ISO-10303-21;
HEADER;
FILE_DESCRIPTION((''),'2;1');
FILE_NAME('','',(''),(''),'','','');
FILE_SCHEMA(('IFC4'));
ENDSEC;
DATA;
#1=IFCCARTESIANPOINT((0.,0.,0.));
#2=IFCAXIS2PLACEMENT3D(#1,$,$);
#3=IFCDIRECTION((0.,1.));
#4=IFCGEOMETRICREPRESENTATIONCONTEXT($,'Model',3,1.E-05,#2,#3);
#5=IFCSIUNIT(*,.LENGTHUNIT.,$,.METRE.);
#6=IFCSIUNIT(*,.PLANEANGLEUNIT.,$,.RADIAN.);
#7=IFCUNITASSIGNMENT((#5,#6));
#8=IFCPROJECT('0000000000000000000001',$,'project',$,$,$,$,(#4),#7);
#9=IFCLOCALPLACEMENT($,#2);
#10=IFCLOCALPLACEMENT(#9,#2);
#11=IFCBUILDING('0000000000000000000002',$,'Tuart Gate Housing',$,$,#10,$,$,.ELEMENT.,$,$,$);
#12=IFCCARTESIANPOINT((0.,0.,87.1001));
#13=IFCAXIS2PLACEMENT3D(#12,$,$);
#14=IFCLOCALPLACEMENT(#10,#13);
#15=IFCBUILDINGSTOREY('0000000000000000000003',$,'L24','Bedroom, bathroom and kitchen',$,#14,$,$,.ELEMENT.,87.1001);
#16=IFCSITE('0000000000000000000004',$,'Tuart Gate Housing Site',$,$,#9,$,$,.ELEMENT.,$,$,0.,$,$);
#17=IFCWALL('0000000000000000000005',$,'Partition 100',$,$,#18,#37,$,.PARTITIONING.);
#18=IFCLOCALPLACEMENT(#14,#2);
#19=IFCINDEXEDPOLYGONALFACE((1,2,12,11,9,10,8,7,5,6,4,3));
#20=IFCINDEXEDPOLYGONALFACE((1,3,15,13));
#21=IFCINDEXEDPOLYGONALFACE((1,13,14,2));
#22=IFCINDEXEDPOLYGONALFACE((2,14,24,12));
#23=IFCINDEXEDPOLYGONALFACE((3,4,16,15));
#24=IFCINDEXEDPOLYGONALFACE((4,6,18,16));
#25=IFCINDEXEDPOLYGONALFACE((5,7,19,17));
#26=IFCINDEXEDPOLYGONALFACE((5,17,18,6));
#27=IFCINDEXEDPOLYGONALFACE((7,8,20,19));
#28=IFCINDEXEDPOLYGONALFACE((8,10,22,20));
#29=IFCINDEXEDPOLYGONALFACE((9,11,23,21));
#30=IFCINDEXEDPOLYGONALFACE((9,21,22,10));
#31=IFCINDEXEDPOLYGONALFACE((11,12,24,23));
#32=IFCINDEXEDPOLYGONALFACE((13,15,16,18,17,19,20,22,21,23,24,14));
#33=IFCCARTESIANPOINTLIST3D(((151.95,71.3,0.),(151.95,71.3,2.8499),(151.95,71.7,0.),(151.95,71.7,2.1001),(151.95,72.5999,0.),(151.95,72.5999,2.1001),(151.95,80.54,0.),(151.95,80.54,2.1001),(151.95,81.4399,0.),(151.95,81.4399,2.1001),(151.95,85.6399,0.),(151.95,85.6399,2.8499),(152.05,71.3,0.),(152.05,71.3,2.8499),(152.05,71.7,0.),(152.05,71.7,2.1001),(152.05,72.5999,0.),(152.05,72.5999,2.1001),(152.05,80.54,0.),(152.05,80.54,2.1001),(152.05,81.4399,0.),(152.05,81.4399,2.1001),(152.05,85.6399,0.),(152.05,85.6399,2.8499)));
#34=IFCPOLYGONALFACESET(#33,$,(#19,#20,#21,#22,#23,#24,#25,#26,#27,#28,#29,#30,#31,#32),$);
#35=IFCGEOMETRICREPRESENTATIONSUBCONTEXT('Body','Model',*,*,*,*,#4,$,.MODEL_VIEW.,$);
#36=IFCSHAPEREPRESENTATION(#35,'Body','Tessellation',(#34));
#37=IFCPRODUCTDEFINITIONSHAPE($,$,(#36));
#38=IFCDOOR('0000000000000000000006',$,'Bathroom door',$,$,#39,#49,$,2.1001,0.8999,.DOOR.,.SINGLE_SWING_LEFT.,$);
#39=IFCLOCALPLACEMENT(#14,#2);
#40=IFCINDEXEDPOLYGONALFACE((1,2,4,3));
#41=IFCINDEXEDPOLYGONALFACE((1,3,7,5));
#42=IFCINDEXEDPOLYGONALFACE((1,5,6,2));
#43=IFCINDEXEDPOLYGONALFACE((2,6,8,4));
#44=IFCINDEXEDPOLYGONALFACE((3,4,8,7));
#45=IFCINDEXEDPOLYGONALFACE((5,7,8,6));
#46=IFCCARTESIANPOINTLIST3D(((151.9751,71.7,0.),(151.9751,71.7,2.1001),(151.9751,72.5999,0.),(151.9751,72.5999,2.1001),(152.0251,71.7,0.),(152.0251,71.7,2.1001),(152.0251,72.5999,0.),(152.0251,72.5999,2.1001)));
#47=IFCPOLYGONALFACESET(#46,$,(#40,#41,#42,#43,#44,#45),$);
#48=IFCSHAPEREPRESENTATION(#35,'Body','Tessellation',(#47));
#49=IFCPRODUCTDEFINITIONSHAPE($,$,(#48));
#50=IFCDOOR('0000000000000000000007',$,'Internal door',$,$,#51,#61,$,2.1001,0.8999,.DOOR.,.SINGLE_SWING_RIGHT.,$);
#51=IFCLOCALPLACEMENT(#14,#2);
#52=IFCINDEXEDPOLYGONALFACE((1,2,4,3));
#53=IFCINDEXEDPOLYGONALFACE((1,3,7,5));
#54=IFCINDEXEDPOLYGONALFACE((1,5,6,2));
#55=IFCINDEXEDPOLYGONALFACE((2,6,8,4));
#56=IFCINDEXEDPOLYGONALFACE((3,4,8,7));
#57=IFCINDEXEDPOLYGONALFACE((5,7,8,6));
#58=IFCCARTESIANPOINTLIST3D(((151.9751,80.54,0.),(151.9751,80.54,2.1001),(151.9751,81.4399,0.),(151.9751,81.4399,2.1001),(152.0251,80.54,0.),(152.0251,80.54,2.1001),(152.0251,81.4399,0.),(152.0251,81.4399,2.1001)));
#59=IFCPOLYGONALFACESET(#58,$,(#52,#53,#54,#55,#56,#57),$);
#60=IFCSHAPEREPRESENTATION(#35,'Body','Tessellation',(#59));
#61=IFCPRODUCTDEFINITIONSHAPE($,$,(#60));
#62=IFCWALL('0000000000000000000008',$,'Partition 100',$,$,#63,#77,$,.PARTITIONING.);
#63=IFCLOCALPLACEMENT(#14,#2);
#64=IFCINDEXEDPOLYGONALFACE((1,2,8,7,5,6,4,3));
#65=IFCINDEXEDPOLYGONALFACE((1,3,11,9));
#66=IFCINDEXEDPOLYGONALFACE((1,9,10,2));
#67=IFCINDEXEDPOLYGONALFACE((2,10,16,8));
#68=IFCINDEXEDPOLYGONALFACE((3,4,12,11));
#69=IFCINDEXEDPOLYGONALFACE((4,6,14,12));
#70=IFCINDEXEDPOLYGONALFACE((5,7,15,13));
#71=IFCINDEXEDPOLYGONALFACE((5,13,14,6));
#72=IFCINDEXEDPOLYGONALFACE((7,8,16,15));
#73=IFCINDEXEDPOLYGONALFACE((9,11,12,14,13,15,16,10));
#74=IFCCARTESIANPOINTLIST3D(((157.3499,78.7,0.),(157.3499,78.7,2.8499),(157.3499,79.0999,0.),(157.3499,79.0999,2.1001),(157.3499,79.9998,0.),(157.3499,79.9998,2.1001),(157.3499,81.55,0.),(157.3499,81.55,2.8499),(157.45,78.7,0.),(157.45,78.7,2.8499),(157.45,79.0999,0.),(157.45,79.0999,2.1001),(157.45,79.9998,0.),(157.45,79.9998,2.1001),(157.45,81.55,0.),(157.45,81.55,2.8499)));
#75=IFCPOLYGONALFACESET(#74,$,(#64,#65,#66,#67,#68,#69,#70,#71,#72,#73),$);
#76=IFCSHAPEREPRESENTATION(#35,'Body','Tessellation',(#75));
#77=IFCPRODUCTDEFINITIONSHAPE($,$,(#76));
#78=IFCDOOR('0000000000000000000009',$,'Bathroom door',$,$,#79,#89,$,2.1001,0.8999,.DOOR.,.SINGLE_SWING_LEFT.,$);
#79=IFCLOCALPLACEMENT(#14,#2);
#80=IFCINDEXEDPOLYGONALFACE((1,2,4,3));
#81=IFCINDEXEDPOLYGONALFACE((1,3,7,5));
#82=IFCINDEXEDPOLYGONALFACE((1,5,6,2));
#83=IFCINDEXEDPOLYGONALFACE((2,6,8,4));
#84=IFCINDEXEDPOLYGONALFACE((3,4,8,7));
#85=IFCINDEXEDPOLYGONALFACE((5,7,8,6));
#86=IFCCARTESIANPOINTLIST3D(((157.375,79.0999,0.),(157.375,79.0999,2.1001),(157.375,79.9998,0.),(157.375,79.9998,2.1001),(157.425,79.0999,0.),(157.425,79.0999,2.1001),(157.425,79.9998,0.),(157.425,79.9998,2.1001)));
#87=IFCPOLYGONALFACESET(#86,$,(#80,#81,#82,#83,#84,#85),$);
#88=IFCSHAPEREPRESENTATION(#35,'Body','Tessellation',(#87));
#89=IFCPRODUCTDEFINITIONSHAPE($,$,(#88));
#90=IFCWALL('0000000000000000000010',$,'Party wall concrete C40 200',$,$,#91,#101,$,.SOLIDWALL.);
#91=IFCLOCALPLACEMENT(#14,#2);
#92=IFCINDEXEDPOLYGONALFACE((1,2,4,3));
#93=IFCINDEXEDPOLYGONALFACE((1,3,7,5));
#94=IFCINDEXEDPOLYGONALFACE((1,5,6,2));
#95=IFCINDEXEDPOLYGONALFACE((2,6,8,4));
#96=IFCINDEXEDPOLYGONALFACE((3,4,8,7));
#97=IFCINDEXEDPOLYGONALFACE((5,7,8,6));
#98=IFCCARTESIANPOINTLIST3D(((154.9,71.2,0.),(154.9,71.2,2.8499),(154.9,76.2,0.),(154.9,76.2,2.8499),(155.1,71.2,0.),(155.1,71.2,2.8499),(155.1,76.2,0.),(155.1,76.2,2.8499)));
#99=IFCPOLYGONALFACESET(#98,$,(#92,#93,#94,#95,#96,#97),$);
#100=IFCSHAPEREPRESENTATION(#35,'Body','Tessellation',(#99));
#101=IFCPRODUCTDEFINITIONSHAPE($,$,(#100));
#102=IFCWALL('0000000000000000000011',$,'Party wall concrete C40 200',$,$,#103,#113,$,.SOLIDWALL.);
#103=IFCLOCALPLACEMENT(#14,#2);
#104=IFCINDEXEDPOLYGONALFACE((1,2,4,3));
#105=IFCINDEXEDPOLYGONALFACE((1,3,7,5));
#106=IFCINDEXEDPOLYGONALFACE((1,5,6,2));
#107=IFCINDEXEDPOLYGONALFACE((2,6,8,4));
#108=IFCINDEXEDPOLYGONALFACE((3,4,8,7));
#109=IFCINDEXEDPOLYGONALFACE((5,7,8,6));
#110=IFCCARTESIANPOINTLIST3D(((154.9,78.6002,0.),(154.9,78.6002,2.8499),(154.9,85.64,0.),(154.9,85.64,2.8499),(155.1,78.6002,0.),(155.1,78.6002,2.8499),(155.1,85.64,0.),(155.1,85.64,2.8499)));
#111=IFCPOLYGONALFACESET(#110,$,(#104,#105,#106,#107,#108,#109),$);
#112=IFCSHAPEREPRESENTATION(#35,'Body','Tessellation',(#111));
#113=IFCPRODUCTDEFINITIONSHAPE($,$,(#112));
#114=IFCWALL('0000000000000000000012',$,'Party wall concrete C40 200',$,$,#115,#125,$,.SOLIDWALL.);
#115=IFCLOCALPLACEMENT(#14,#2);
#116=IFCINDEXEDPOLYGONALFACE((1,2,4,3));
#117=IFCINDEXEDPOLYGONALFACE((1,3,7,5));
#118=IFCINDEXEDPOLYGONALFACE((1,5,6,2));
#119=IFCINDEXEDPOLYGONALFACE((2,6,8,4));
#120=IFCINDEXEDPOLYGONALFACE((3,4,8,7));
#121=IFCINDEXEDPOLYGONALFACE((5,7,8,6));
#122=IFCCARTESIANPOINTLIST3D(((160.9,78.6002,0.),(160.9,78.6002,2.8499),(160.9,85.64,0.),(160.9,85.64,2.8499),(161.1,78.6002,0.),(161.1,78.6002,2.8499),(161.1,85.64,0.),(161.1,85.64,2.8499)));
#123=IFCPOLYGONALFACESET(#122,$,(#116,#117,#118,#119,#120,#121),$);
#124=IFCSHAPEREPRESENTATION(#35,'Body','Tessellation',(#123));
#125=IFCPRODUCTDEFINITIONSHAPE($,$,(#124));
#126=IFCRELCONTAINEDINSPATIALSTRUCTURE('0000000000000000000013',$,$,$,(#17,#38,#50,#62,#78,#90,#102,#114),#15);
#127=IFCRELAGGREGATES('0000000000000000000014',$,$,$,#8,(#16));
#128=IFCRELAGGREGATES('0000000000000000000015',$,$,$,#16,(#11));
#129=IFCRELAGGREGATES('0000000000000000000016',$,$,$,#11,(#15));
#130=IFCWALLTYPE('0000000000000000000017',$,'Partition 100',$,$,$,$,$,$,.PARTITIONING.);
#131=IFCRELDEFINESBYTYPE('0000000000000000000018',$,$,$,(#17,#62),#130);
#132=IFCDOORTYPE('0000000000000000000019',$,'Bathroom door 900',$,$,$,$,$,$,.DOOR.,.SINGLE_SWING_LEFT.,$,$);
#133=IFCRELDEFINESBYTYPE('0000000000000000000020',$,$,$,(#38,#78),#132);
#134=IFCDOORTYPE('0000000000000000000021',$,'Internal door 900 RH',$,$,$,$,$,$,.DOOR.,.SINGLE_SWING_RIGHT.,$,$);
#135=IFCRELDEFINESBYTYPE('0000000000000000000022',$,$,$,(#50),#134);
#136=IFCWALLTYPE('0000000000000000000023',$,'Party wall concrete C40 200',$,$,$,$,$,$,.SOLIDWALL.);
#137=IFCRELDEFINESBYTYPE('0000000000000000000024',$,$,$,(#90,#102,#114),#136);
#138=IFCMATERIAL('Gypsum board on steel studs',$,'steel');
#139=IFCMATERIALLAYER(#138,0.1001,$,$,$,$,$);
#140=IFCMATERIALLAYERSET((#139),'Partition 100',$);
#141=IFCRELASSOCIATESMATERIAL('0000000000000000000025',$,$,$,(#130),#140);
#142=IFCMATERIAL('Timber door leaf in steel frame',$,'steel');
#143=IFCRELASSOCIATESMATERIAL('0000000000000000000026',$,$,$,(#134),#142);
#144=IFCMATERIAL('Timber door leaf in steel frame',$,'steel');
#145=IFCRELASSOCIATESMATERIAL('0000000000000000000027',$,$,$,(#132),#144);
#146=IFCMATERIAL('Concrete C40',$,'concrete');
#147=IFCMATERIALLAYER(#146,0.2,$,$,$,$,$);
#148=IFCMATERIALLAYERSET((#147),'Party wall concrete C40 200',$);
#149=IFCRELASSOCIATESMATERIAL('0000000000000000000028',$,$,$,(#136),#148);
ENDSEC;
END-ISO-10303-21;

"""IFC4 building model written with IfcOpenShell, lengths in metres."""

from ifc_helpers import new_model, si_unit, direction, frame, frame_2d, origin, place, context, subcontext, project, spatial, rectangle, extrude, material, layer, layer_set, type_object, element, fill, save


model = new_model("IFC4")

# Units and contexts
model_context = context("Model", 3, precision=1e-05, world=origin(), true_north=direction((0.0, 1.0)))
body_context = subcontext(model_context, "Body", "Model", "MODEL_VIEW")
ifc_project = project(units=[si_unit("LENGTHUNIT", "METRE"), si_unit("PLANEANGLEUNIT", "RADIAN")], contexts=[model_context])

# Site, building, storey
site_placement = place(None, origin())
site = spatial("IfcSite", under=ifc_project, at=site_placement, Name="Tuart Gate Housing Site", CompositionType="ELEMENT", RefElevation=0.0)
building_placement = place(site_placement, origin())
building = spatial("IfcBuilding", under=site, at=building_placement, Name="Tuart Gate Housing", CompositionType="ELEMENT")
storey_placement = place(building_placement, frame((0.0, 0.0, 87.1001)))
storey = spatial("IfcBuildingStorey", under=building, at=storey_placement, Name="L24", Description="Bedroom, bathroom and kitchen", CompositionType="ELEMENT", Elevation=87.1001)

# Shared definitions
ifc_material_1 = material(Name="Gypsum board on steel studs", Category="steel")
ifc_layer_1 = layer(ifc_material_1, 0.1001)
ifc_layer_set_1 = layer_set([ifc_layer_1], Name="Partition 100")
wall_type_1 = type_object("IfcWallType", Name="Partition 100", PredefinedType="PARTITIONING", material=ifc_layer_set_1)
ifc_material_2 = material(Name="Timber door leaf in steel frame", Category="steel")
door_type_1 = type_object("IfcDoorType", Name="Internal door 900 RH", OperationType="SINGLE_SWING_RIGHT", PredefinedType="DOOR", material=ifc_material_2)

# Wall, openings, doors
wall_1_placement = place(storey_placement, frame((152.0, 71.3, 0.0), z_axis=(0.0, 0.0, 1.0), x_axis=(0.0, 1.0, 0.0)))
wall_1 = element("IfcWall", 1, at=wall_1_placement, inside=storey, type_object=wall_type_1, Name="Partition 100", PredefinedType="PARTITIONING", context=body_context, shape_type="SweptSolid", body=[
    extrude(rectangle(XDim=14.3398, YDim=0.1001, at=frame_2d((7.1699, 0.0))), origin(), (0.0, 0.0, 1.0), 2.8499),
])
opening_1_placement = place(wall_1_placement, frame((9.24, 0.0, 0.0)))
opening_1 = element("IfcOpeningElement", 2, at=opening_1_placement, cuts=wall_1, PredefinedType="OPENING", context=body_context, shape_type="SweptSolid", body=[
    extrude(rectangle(XDim=0.8999, YDim=2.1001, at=frame_2d((0.45, 1.05))), frame((0.0, 0.0601, 0.0), z_axis=(0.0, -1.0, 0.0), x_axis=(1.0, 0.0, 0.0)), (0.0, 0.0, 1.0), 0.1201),
])
opening_2_placement = place(wall_1_placement, frame((0.3999, 0.0, 0.0)))
opening_2 = element("IfcOpeningElement", 3, at=opening_2_placement, cuts=wall_1, PredefinedType="OPENING", context=body_context, shape_type="SweptSolid", body=[
    extrude(rectangle(XDim=0.8999, YDim=2.1001, at=frame_2d((0.45, 1.05))), frame((0.0, 0.0601, 0.0), z_axis=(0.0, -1.0, 0.0), x_axis=(1.0, 0.0, 0.0)), (0.0, 0.0, 1.0), 0.1201),
])
ifc_material_3 = material(Name="Timber door leaf in steel frame", Category="steel")
door_type_2 = type_object("IfcDoorType", Name="Bathroom door 900", OperationType="SINGLE_SWING_LEFT", PredefinedType="DOOR", material=ifc_material_3)
door_1_placement = place(opening_2_placement, origin())
door_1 = element("IfcDoor", 4, at=door_1_placement, inside=storey, type_object=door_type_2, Name="Bathroom door", OperationType="SINGLE_SWING_LEFT", OverallHeight=2.1001, OverallWidth=0.8999, PredefinedType="DOOR", context=body_context, shape_type="SweptSolid", body=[
    extrude(rectangle(XDim=0.8999, YDim=2.1001, at=frame_2d((0.45, 1.05))), frame((0.0, 0.0249, 0.0), z_axis=(0.0, -1.0, 0.0), x_axis=(1.0, 0.0, 0.0)), (0.0, 0.0, 1.0), 0.05),
])
fill(opening_2, door_1)
door_2_placement = place(opening_1_placement, origin())
door_2 = element("IfcDoor", 5, at=door_2_placement, inside=storey, type_object=door_type_1, Name="Internal door", OperationType="SINGLE_SWING_RIGHT", OverallHeight=2.1001, OverallWidth=0.8999, PredefinedType="DOOR", context=body_context, shape_type="SweptSolid", body=[
    extrude(rectangle(XDim=0.8999, YDim=2.1001, at=frame_2d((0.45, 1.05))), frame((0.0, 0.0249, 0.0), z_axis=(0.0, -1.0, 0.0), x_axis=(1.0, 0.0, 0.0)), (0.0, 0.0, 1.0), 0.05),
])
fill(opening_1, door_2)

# Wall, opening, door
wall_2_placement = place(storey_placement, frame((157.3999, 78.7, 0.0), z_axis=(0.0, 0.0, 1.0), x_axis=(0.0, 1.0, 0.0)))
wall_2 = element("IfcWall", 6, at=wall_2_placement, inside=storey, type_object=wall_type_1, Name="Partition 100", PredefinedType="PARTITIONING", context=body_context, shape_type="SweptSolid", body=[
    extrude(rectangle(XDim=2.8501, YDim=0.1001, at=frame_2d((1.425, 0.0))), origin(), (0.0, 0.0, 1.0), 2.8499),
])
opening_3_placement = place(wall_2_placement, frame((0.3999, 0.0, 0.0)))
opening_3 = element("IfcOpeningElement", 7, at=opening_3_placement, cuts=wall_2, PredefinedType="OPENING", context=body_context, shape_type="SweptSolid", body=[
    extrude(rectangle(XDim=0.8999, YDim=2.1001, at=frame_2d((0.45, 1.05))), frame((0.0, 0.0601, 0.0), z_axis=(0.0, -1.0, 0.0), x_axis=(1.0, 0.0, 0.0)), (0.0, 0.0, 1.0), 0.1201),
])
door_3_placement = place(opening_3_placement, origin())
door_3 = element("IfcDoor", 8, at=door_3_placement, inside=storey, type_object=door_type_2, Name="Bathroom door", OperationType="SINGLE_SWING_LEFT", OverallHeight=2.1001, OverallWidth=0.8999, PredefinedType="DOOR", context=body_context, shape_type="SweptSolid", body=[
    extrude(rectangle(XDim=0.8999, YDim=2.1001, at=frame_2d((0.45, 1.05))), frame((0.0, 0.0249, 0.0), z_axis=(0.0, -1.0, 0.0), x_axis=(1.0, 0.0, 0.0)), (0.0, 0.0, 1.0), 0.05),
])
fill(opening_3, door_3)

# Walls
ifc_material_4 = material(Name="Concrete C40", Category="concrete")
ifc_layer_2 = layer(ifc_material_4, 0.2)
ifc_layer_set_2 = layer_set([ifc_layer_2], Name="Party wall concrete C40 200")
wall_type_2 = type_object("IfcWallType", Name="Party wall concrete C40 200", PredefinedType="SOLIDWALL", material=ifc_layer_set_2)
wall_3_placement = place(storey_placement, frame((155.0, 71.2, 0.0), z_axis=(0.0, 0.0, 1.0), x_axis=(0.0, 1.0, 0.0)))
element("IfcWall", 9, at=wall_3_placement, inside=storey, type_object=wall_type_2, Name="Party wall concrete C40 200", PredefinedType="SOLIDWALL", context=body_context, shape_type="SweptSolid", body=[
    extrude(rectangle(XDim=5.0, YDim=0.2, at=frame_2d((2.5, 0.0))), origin(), (0.0, 0.0, 1.0), 2.8499),
])
for number, where, z_axis, x_axis, name in (
    (10, (155.0, 78.6001, 0.0), (0.0, 0.0, 1.0), (0.0, 1.0, 0.0), "Party wall concrete C40 200"),
    (11, (161.0, 78.6001, 0.0), (0.0, 0.0, 1.0), (0.0, 1.0, 0.0), "Party wall concrete C40 200"),
):
    element("IfcWall", number, at=place(storey_placement, frame(where, z_axis=z_axis, x_axis=x_axis)), inside=storey, type_object=wall_type_2, Name=name, PredefinedType="SOLIDWALL", context=body_context, shape_type="SweptSolid", body=[
        extrude(rectangle(XDim=7.0398, YDim=0.2, at=frame_2d((3.52, 0.0))), origin(), (0.0, 0.0, 1.0), 2.8499),
    ])

save(model, "model.ifc")
